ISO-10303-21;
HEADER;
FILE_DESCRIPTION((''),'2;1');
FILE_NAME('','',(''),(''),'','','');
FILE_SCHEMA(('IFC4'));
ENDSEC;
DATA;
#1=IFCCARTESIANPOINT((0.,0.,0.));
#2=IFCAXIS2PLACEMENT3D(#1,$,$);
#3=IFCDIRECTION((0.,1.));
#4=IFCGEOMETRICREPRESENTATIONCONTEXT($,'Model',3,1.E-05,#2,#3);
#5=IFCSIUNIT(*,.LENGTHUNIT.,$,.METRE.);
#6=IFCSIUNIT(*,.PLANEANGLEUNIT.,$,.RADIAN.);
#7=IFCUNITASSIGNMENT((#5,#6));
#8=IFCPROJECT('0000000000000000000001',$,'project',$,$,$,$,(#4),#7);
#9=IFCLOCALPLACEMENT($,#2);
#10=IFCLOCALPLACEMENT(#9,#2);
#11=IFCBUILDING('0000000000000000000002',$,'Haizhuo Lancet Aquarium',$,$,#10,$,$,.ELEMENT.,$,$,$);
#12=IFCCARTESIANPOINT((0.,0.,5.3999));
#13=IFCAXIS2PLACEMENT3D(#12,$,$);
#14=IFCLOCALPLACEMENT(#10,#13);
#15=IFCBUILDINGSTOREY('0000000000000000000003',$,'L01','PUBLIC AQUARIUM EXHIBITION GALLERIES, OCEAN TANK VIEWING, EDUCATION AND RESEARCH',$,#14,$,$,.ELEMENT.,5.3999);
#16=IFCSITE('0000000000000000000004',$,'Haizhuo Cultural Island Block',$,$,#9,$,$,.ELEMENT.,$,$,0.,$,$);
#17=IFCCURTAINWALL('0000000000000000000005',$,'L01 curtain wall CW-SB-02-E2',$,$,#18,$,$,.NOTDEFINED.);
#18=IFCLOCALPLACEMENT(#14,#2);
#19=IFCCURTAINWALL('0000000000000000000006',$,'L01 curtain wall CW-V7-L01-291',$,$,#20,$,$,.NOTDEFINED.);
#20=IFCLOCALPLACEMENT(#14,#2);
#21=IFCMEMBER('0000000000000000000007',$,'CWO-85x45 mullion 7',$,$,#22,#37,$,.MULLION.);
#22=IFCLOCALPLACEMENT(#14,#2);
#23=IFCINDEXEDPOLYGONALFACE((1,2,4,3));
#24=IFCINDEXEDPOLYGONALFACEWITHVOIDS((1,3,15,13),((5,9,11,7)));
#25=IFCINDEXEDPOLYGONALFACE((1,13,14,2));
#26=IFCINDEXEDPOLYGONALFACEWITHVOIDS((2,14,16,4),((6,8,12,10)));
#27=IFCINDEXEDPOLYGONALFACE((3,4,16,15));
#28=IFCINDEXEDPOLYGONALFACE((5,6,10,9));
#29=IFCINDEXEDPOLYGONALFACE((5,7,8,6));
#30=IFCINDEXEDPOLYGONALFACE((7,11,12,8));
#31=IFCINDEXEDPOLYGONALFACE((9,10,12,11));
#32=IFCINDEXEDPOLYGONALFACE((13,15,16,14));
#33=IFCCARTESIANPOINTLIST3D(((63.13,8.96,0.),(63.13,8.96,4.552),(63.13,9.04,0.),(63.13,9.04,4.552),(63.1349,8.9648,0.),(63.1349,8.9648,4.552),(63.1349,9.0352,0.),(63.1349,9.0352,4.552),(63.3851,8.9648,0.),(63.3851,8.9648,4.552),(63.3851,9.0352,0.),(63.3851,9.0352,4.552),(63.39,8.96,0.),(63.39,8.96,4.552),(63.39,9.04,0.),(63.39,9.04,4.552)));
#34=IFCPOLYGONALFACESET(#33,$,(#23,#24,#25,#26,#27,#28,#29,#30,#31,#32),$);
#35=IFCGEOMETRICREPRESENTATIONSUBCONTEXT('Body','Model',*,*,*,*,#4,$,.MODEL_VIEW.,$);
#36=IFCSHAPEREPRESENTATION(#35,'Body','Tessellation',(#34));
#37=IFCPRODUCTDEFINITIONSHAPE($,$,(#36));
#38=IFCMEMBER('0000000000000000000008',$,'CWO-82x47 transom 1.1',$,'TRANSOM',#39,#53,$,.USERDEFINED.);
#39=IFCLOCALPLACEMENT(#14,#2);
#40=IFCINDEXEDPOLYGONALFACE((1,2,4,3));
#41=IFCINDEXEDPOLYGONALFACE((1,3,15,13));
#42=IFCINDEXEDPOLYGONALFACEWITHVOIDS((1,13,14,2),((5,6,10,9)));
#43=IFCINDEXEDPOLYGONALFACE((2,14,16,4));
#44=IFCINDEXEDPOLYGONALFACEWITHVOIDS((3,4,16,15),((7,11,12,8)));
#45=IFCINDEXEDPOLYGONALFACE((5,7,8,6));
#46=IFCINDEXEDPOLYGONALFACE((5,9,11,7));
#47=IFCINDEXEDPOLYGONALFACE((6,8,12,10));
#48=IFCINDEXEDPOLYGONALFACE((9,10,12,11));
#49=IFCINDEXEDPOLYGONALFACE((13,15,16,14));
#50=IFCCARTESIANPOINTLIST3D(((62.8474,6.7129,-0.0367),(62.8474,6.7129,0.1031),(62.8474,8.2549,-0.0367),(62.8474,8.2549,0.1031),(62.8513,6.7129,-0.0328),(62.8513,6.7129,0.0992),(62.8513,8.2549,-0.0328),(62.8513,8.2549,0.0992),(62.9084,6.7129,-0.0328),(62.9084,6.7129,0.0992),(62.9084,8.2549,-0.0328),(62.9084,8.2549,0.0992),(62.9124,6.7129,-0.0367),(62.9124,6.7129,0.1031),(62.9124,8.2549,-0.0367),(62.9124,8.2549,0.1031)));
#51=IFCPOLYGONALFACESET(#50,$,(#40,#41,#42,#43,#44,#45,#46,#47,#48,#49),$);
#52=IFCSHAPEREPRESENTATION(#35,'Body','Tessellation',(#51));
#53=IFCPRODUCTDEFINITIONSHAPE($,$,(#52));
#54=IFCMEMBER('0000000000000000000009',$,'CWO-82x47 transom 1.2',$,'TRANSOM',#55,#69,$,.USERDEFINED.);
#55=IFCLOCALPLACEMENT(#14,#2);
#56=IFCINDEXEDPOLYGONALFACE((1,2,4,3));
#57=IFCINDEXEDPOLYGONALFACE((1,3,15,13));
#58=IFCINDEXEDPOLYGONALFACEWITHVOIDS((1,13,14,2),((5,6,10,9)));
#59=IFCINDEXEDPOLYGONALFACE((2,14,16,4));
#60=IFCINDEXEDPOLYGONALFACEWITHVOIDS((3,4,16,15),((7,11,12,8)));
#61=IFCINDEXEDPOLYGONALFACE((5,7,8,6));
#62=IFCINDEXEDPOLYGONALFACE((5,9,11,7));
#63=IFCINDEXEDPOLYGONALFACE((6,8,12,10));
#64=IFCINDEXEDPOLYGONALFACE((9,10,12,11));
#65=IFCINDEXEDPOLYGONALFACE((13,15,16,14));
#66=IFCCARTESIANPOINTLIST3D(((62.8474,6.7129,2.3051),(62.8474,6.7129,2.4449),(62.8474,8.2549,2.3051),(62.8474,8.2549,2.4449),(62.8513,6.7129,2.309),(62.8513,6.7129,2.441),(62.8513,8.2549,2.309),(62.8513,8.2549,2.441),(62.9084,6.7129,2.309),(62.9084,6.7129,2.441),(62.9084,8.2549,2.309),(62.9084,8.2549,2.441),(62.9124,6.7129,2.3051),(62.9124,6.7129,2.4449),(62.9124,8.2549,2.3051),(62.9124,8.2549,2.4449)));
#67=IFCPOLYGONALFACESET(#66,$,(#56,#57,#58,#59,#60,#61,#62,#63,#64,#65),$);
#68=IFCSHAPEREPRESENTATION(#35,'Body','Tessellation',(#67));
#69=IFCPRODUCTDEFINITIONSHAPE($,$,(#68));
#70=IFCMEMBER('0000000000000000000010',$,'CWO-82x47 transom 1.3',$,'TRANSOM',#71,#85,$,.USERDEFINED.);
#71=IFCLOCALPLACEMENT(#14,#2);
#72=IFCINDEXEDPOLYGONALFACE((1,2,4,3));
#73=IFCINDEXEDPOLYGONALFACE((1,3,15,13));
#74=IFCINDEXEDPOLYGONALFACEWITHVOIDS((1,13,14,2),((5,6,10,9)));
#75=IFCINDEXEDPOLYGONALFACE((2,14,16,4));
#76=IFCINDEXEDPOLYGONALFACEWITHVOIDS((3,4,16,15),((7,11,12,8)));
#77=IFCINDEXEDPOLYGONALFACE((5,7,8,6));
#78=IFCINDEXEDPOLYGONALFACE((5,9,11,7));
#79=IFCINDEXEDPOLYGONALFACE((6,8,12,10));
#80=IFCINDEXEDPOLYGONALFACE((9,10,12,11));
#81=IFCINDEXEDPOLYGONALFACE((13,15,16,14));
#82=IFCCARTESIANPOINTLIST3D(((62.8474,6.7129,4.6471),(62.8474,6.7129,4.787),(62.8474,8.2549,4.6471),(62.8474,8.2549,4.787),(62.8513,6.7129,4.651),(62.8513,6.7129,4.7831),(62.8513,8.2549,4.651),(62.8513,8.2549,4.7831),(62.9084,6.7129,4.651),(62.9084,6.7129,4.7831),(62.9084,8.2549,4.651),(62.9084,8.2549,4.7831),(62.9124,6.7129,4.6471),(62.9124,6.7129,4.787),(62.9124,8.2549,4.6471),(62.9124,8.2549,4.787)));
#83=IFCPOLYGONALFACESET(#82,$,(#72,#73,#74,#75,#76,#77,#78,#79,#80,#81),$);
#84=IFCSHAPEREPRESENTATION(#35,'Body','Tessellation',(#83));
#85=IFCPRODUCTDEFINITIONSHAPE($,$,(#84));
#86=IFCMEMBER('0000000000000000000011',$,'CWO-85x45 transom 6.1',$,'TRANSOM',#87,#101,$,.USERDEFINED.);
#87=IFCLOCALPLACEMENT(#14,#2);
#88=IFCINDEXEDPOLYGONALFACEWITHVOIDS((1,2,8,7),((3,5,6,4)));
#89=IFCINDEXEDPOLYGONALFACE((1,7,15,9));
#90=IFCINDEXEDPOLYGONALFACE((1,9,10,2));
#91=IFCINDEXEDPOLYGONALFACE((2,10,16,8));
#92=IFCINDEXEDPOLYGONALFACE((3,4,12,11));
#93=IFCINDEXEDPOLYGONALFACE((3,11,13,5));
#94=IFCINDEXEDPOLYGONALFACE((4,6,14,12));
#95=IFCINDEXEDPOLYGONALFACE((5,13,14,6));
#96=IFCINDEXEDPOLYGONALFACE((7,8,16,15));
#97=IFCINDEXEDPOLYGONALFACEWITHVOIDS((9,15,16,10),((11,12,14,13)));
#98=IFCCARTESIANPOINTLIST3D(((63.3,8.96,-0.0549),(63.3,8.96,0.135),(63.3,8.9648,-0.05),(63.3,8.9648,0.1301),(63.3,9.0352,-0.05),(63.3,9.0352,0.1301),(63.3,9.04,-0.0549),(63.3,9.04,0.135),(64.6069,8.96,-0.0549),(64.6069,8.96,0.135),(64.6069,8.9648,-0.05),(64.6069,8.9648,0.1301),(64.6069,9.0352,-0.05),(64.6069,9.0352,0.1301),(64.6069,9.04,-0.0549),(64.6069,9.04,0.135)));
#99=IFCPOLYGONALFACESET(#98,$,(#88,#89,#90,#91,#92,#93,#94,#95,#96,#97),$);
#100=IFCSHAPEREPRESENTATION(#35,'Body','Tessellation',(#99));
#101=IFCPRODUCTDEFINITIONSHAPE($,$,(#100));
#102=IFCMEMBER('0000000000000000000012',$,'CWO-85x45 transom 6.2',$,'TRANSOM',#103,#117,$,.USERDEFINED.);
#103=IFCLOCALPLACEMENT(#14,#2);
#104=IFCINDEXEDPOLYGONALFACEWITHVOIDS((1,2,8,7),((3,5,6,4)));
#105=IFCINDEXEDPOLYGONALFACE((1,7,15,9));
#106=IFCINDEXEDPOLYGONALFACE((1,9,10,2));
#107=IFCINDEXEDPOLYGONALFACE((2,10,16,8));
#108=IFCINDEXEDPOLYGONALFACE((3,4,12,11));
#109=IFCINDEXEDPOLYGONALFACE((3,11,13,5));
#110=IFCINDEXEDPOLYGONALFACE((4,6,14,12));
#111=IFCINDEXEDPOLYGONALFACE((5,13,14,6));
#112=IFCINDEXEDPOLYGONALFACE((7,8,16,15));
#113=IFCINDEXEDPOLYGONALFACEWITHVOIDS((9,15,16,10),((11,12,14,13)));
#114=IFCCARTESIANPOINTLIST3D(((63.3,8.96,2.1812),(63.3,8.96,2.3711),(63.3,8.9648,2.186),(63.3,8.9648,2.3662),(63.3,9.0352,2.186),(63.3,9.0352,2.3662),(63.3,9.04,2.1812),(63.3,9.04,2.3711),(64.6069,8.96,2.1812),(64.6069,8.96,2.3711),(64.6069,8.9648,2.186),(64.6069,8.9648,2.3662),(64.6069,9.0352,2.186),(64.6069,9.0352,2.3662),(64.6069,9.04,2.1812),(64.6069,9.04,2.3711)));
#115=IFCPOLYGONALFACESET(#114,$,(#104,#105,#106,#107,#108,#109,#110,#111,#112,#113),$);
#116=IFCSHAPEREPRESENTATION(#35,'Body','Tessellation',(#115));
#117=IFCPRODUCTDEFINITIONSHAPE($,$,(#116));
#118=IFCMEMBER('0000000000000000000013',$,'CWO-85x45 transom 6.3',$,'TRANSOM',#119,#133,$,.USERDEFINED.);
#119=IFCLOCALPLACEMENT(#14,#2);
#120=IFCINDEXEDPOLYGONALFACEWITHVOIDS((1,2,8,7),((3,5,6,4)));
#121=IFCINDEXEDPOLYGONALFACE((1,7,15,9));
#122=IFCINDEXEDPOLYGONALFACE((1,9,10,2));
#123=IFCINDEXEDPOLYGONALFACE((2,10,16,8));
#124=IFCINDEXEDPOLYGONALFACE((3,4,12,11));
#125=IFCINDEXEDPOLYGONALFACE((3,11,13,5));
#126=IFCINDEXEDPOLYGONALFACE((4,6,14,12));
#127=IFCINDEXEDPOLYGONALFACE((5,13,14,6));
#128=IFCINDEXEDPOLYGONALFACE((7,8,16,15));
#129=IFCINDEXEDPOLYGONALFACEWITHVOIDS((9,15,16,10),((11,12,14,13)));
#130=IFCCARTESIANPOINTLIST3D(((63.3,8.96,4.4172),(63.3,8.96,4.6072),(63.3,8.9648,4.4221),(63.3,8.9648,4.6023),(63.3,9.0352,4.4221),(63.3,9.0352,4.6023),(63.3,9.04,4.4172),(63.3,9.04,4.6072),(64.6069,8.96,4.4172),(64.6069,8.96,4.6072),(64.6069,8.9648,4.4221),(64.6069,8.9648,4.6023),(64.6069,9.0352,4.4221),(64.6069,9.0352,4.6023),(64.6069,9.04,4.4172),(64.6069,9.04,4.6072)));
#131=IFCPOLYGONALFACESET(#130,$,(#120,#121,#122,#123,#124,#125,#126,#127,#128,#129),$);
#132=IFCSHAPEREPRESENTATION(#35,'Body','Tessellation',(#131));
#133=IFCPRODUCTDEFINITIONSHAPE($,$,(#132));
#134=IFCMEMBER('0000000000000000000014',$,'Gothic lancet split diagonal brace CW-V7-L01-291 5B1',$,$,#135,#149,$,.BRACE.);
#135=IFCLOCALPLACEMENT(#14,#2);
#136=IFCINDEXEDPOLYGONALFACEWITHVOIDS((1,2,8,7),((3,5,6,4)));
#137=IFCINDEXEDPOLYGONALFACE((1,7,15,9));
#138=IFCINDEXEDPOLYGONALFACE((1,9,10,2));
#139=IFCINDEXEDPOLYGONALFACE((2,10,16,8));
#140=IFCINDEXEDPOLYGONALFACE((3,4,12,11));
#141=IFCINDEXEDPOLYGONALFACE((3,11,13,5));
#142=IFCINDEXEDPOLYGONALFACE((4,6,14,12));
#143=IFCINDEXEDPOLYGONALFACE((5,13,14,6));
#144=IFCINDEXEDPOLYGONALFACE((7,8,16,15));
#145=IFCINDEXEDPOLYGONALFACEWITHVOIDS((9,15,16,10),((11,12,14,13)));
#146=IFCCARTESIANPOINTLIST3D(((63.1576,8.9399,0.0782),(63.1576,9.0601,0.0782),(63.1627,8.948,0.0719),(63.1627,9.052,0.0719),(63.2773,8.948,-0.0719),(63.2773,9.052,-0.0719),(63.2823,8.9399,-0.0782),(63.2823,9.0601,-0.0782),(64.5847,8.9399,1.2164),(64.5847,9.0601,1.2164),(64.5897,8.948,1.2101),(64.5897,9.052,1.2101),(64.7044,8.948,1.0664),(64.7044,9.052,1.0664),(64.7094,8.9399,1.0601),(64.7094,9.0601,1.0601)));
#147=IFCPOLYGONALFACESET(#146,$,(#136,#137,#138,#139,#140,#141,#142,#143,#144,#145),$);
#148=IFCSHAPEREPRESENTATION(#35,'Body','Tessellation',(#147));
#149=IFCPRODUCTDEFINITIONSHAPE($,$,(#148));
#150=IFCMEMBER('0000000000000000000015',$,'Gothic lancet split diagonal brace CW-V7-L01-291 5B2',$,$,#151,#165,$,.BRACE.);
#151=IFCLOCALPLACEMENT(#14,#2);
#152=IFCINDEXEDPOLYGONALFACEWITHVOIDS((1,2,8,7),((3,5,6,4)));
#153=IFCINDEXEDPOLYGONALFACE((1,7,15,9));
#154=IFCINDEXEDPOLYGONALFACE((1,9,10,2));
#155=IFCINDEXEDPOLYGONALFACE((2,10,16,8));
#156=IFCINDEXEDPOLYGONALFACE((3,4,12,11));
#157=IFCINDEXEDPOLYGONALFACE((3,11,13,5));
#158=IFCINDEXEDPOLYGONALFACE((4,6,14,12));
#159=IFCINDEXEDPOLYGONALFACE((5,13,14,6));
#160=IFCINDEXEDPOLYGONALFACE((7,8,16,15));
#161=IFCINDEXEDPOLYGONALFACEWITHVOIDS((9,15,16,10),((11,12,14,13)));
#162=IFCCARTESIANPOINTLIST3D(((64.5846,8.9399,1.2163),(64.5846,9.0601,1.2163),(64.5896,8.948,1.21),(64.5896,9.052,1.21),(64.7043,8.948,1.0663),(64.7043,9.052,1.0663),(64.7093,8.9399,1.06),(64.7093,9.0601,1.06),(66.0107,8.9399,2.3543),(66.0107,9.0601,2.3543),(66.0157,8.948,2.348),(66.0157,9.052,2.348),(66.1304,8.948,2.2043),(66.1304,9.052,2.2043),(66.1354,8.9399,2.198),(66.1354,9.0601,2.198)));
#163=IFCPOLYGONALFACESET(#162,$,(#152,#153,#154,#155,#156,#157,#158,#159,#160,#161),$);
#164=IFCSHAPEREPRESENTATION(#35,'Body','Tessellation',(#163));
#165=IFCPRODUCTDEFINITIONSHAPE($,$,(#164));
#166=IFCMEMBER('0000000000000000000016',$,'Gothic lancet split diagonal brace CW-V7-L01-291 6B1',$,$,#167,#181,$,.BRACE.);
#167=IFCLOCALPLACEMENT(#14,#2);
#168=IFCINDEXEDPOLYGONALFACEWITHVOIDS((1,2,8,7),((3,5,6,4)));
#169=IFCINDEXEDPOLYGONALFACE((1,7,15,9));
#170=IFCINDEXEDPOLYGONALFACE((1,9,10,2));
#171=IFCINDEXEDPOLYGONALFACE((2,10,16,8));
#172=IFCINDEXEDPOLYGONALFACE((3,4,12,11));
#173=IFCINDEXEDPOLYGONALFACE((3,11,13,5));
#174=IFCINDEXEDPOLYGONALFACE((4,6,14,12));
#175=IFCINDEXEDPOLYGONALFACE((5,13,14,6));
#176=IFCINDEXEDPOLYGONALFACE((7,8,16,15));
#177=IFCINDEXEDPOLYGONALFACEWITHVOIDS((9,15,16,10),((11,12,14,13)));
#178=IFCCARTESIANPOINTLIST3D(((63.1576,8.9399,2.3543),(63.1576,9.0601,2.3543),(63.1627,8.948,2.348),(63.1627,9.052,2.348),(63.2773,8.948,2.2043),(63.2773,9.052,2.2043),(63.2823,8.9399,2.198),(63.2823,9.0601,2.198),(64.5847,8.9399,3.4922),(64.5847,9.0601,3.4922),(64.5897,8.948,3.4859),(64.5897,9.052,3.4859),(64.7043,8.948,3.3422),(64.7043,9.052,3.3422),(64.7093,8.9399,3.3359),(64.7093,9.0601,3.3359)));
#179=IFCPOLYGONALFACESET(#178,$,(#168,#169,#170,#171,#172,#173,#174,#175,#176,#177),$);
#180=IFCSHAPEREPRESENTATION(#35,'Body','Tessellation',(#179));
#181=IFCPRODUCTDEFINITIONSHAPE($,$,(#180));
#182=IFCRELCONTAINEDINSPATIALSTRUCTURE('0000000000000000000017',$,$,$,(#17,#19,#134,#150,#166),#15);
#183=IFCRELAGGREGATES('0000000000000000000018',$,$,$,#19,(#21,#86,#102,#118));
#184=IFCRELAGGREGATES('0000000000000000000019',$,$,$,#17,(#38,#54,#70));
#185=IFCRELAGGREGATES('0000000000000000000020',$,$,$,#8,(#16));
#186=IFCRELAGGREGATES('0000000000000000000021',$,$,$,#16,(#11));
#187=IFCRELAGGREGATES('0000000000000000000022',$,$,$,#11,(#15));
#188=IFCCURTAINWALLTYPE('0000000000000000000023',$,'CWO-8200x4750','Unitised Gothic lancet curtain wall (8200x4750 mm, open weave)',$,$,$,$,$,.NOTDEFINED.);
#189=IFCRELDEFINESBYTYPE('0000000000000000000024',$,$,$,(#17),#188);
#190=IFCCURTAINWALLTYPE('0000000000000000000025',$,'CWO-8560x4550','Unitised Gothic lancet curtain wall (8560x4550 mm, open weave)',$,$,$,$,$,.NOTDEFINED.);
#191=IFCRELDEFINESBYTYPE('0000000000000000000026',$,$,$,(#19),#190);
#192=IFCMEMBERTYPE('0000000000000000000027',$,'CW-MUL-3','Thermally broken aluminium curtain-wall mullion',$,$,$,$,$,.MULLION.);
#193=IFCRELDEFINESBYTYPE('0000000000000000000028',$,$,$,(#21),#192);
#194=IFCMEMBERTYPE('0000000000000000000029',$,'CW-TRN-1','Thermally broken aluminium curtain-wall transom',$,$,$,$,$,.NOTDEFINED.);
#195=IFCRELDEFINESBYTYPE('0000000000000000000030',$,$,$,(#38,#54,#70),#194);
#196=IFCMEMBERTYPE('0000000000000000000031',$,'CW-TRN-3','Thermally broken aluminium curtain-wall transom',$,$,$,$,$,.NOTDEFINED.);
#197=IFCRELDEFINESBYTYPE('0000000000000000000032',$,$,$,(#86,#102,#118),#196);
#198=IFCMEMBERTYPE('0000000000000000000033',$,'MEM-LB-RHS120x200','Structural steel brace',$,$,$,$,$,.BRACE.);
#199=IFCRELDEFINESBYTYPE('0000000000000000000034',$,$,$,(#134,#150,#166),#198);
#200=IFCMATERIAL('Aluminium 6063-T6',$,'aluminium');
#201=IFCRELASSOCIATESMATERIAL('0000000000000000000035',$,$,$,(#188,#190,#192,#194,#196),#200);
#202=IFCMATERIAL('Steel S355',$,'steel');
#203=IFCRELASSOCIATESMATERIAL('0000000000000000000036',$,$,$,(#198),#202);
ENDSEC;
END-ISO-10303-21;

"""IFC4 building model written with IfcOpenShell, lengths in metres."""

from ifc_helpers import new_model, si_unit, direction, frame, origin, origin_2d, place, context, subcontext, project, spatial, hollow_rectangle, extrude, material, material_profile, profile_set, type_object, element, aggregate, save


model = new_model("IFC4")

# Units and contexts
model_context = context("Model", 3, precision=1e-05, world=origin(), true_north=direction((0.0, 1.0)))
body_context = subcontext(model_context, "Body", "Model", "MODEL_VIEW")
ifc_project = project(units=[si_unit("LENGTHUNIT", "METRE"), si_unit("PLANEANGLEUNIT", "RADIAN")], contexts=[model_context])

# Site, building, storey
site_placement = place(None, origin())
site = spatial("IfcSite", under=ifc_project, at=site_placement, Name="Haizhuo Cultural Island Block", CompositionType="ELEMENT", RefElevation=0.0)
building_placement = place(site_placement, origin())
building = spatial("IfcBuilding", under=site, at=building_placement, Name="Haizhuo Lancet Aquarium", CompositionType="ELEMENT")
storey_placement = place(building_placement, frame((0.0, 0.0, 5.3999)))
storey = spatial("IfcBuildingStorey", under=building, at=storey_placement, Name="L01", Description="PUBLIC AQUARIUM EXHIBITION GALLERIES, OCEAN TANK VIEWING, EDUCATION AND RESEARCH", CompositionType="ELEMENT", Elevation=5.3999)

# Shared definitions
ifc_material_1 = material(Name="Steel S355", Category="steel")

# Curtain wall
ifc_material_2 = material(Name="Aluminium 6063-T6", Category="aluminium")
curtain_wall_type_1 = type_object("IfcCurtainWallType", Name="CWO-8200x4750", Description="Unitised Gothic lancet curtain wall (8200x4750 mm, open weave)", PredefinedType="NOTDEFINED", material=ifc_material_2)
curtain_wall_1_placement = place(storey_placement, origin())
curtain_wall_1 = element("IfcCurtainWall", 1, at=curtain_wall_1_placement, inside=storey, type_object=curtain_wall_type_1, Name="L01 curtain wall CW-SB-02-E2", PredefinedType="NOTDEFINED")

# Curtain wall, member
curtain_wall_type_2 = type_object("IfcCurtainWallType", Name="CWO-8560x4550", Description="Unitised Gothic lancet curtain wall (8560x4550 mm, open weave)", PredefinedType="NOTDEFINED", material=ifc_material_2)
curtain_wall_2_placement = place(storey_placement, origin())
curtain_wall_2 = element("IfcCurtainWall", 2, at=curtain_wall_2_placement, inside=storey, type_object=curtain_wall_type_2, Name="L01 curtain wall CW-V7-L01-291", PredefinedType="NOTDEFINED")
ifc_material_profile_1 = material_profile(ifc_material_2, hollow_rectangle(XDim=0.0801, YDim=0.26, WallThickness=0.0049, at=origin_2d()), Name="ALU-M 80x260x5")
ifc_profile_set_1 = profile_set([ifc_material_profile_1], Name="Aluminium 6063-T6")
member_type_1 = type_object("IfcMemberType", Name="CW-MUL-3", Description="Thermally broken aluminium curtain-wall mullion", PredefinedType="MULLION", material=ifc_profile_set_1)
member_1_placement = place(storey_placement, frame((63.26, 9.0, 0.0), z_axis=(0.0, 0.0, 1.0), x_axis=(0.0, -1.0, 0.0)))
member_1 = element("IfcMember", 3, at=member_1_placement, type_object=member_type_1, Name="CWO-85x45 mullion 7", PredefinedType="MULLION", context=body_context, shape_type="SweptSolid", body=[
    extrude(hollow_rectangle(XDim=0.0801, YDim=0.26, WallThickness=0.0049, at=origin_2d()), origin(), (0.0, 0.0, 1.0), 4.552),
])

# Members
ifc_material_profile_2 = material_profile(ifc_material_2, hollow_rectangle(XDim=0.0649, YDim=0.1399, WallThickness=0.0039, at=origin_2d()), Name="ALU-T 65x140x4")
ifc_profile_set_2 = profile_set([ifc_material_profile_2], Name="Aluminium 6063-T6")
member_type_2 = type_object("IfcMemberType", Name="CW-TRN-1", Description="Thermally broken aluminium curtain-wall transom", PredefinedType="NOTDEFINED", material=ifc_profile_set_2)
member_2_placement = place(storey_placement, frame((62.8799, 8.2549, 0.0332), z_axis=(0.0, -1.0, 0.0), x_axis=(1.0, 0.0, 0.0)))
member_2 = element("IfcMember", 4, at=member_2_placement, type_object=member_type_2, Name="CWO-82x47 transom 1.1", ObjectType="TRANSOM", PredefinedType="USERDEFINED", context=body_context, shape_type="SweptSolid", body=[
    extrude(hollow_rectangle(XDim=0.0649, YDim=0.1399, WallThickness=0.0039, at=origin_2d()), origin(), (0.0, 0.0, 1.0), 1.542),
])
member_3_placement = place(storey_placement, frame((62.8799, 8.2549, 2.375), z_axis=(0.0, -1.0, 0.0), x_axis=(1.0, 0.0, 0.0)))
member_3 = element("IfcMember", 5, at=member_3_placement, type_object=member_type_2, Name="CWO-82x47 transom 1.2", ObjectType="TRANSOM", PredefinedType="USERDEFINED", context=body_context, shape_type="SweptSolid", body=[
    extrude(hollow_rectangle(XDim=0.0649, YDim=0.1399, WallThickness=0.0039, at=origin_2d()), origin(), (0.0, 0.0, 1.0), 1.542),
])
member_4_placement = place(storey_placement, frame((62.8799, 8.2549, 4.717), z_axis=(0.0, -1.0, 0.0), x_axis=(1.0, 0.0, 0.0)))
member_4 = element("IfcMember", 6, at=member_4_placement, type_object=member_type_2, Name="CWO-82x47 transom 1.3", ObjectType="TRANSOM", PredefinedType="USERDEFINED", context=body_context, shape_type="SweptSolid", body=[
    extrude(hollow_rectangle(XDim=0.0649, YDim=0.1399, WallThickness=0.0039, at=origin_2d()), origin(), (0.0, 0.0, 1.0), 1.542),
])
ifc_material_profile_3 = material_profile(ifc_material_2, hollow_rectangle(XDim=0.0801, YDim=0.1899, WallThickness=0.0049, at=origin_2d()), Name="ALU-T 80x190x5")
ifc_profile_set_3 = profile_set([ifc_material_profile_3], Name="Aluminium 6063-T6")
member_type_3 = type_object("IfcMemberType", Name="CW-TRN-3", Description="Thermally broken aluminium curtain-wall transom", PredefinedType="NOTDEFINED", material=ifc_profile_set_3)
member_5_placement = place(storey_placement, frame((64.6069, 9.0, 0.04), z_axis=(-1.0, 0.0, 0.0), x_axis=(0.0, -1.0, 0.0)))
member_5 = element("IfcMember", 7, at=member_5_placement, type_object=member_type_3, Name="CWO-85x45 transom 6.1", ObjectType="TRANSOM", PredefinedType="USERDEFINED", context=body_context, shape_type="SweptSolid", body=[
    extrude(hollow_rectangle(XDim=0.0801, YDim=0.1899, WallThickness=0.0049, at=origin_2d()), origin(), (0.0, 0.0, 1.0), 1.3069),
])
member_6_placement = place(storey_placement, frame((64.6069, 9.0, 2.2761), z_axis=(-1.0, 0.0, 0.0), x_axis=(0.0, -1.0, 0.0)))
member_6 = element("IfcMember", 8, at=member_6_placement, type_object=member_type_3, Name="CWO-85x45 transom 6.2", ObjectType="TRANSOM", PredefinedType="USERDEFINED", context=body_context, shape_type="SweptSolid", body=[
    extrude(hollow_rectangle(XDim=0.0801, YDim=0.1899, WallThickness=0.0049, at=origin_2d()), origin(), (0.0, 0.0, 1.0), 1.3069),
])
member_7_placement = place(storey_placement, frame((64.6069, 9.0, 4.5122), z_axis=(-1.0, 0.0, 0.0), x_axis=(0.0, -1.0, 0.0)))
member_7 = element("IfcMember", 9, at=member_7_placement, type_object=member_type_3, Name="CWO-85x45 transom 6.3", ObjectType="TRANSOM", PredefinedType="USERDEFINED", context=body_context, shape_type="SweptSolid", body=[
    extrude(hollow_rectangle(XDim=0.0801, YDim=0.1899, WallThickness=0.0049, at=origin_2d()), origin(), (0.0, 0.0, 1.0), 1.3069),
])

# Members
ifc_material_profile_4 = material_profile(ifc_material_1, hollow_rectangle(XDim=0.1201, YDim=0.2, WallThickness=0.0081, at=origin_2d()), Name="RHS 120x200x8")
ifc_profile_set_4 = profile_set([ifc_material_profile_4], Name="Steel S355")
member_type_4 = type_object("IfcMemberType", Name="MEM-LB-RHS120x200", Description="Structural steel brace", PredefinedType="BRACE", material=ifc_profile_set_4)
member_8_placement = place(storey_placement, frame((63.22, 9.0, 0.0), z_axis=(0.781781, 0.0, 0.623553), x_axis=(0.0, 1.0, 0.0)))
element("IfcMember", 10, at=member_8_placement, inside=storey, type_object=member_type_4, Name="Gothic lancet split diagonal brace CW-V7-L01-291 5B1", PredefinedType="BRACE", context=body_context, shape_type="SweptSolid", body=[
    extrude(hollow_rectangle(XDim=0.1201, YDim=0.2, WallThickness=0.0081, at=origin_2d()), origin(), (0.0, 0.0, 1.0), 1.8254),
])
member_9_placement = place(storey_placement, frame((64.647, 9.0, 1.1382), z_axis=(0.781638, 0.0, 0.623732), x_axis=(0.0, 1.0, 0.0)))
element("IfcMember", 11, at=member_9_placement, inside=storey, type_object=member_type_4, Name="Gothic lancet split diagonal brace CW-V7-L01-291 5B2", PredefinedType="BRACE", context=body_context, shape_type="SweptSolid", body=[
    extrude(hollow_rectangle(XDim=0.1201, YDim=0.2, WallThickness=0.0081, at=origin_2d()), origin(), (0.0, 0.0, 1.0), 1.8245),
])
member_10_placement = place(storey_placement, frame((63.22, 9.0, 2.2761), z_axis=(0.781847, 0.0, 0.623471), x_axis=(0.0, 1.0, 0.0)))
element("IfcMember", 12, at=member_10_placement, inside=storey, type_object=member_type_4, Name="Gothic lancet split diagonal brace CW-V7-L01-291 6B1", PredefinedType="BRACE", context=body_context, shape_type="SweptSolid", body=[
    extrude(hollow_rectangle(XDim=0.1201, YDim=0.2, WallThickness=0.0081, at=origin_2d()), origin(), (0.0, 0.0, 1.0), 1.8252),
])

aggregate(curtain_wall_2, [member_1, member_5, member_6, member_7])
aggregate(curtain_wall_1, [member_2, member_3, member_4])

save(model, "model.ifc")
